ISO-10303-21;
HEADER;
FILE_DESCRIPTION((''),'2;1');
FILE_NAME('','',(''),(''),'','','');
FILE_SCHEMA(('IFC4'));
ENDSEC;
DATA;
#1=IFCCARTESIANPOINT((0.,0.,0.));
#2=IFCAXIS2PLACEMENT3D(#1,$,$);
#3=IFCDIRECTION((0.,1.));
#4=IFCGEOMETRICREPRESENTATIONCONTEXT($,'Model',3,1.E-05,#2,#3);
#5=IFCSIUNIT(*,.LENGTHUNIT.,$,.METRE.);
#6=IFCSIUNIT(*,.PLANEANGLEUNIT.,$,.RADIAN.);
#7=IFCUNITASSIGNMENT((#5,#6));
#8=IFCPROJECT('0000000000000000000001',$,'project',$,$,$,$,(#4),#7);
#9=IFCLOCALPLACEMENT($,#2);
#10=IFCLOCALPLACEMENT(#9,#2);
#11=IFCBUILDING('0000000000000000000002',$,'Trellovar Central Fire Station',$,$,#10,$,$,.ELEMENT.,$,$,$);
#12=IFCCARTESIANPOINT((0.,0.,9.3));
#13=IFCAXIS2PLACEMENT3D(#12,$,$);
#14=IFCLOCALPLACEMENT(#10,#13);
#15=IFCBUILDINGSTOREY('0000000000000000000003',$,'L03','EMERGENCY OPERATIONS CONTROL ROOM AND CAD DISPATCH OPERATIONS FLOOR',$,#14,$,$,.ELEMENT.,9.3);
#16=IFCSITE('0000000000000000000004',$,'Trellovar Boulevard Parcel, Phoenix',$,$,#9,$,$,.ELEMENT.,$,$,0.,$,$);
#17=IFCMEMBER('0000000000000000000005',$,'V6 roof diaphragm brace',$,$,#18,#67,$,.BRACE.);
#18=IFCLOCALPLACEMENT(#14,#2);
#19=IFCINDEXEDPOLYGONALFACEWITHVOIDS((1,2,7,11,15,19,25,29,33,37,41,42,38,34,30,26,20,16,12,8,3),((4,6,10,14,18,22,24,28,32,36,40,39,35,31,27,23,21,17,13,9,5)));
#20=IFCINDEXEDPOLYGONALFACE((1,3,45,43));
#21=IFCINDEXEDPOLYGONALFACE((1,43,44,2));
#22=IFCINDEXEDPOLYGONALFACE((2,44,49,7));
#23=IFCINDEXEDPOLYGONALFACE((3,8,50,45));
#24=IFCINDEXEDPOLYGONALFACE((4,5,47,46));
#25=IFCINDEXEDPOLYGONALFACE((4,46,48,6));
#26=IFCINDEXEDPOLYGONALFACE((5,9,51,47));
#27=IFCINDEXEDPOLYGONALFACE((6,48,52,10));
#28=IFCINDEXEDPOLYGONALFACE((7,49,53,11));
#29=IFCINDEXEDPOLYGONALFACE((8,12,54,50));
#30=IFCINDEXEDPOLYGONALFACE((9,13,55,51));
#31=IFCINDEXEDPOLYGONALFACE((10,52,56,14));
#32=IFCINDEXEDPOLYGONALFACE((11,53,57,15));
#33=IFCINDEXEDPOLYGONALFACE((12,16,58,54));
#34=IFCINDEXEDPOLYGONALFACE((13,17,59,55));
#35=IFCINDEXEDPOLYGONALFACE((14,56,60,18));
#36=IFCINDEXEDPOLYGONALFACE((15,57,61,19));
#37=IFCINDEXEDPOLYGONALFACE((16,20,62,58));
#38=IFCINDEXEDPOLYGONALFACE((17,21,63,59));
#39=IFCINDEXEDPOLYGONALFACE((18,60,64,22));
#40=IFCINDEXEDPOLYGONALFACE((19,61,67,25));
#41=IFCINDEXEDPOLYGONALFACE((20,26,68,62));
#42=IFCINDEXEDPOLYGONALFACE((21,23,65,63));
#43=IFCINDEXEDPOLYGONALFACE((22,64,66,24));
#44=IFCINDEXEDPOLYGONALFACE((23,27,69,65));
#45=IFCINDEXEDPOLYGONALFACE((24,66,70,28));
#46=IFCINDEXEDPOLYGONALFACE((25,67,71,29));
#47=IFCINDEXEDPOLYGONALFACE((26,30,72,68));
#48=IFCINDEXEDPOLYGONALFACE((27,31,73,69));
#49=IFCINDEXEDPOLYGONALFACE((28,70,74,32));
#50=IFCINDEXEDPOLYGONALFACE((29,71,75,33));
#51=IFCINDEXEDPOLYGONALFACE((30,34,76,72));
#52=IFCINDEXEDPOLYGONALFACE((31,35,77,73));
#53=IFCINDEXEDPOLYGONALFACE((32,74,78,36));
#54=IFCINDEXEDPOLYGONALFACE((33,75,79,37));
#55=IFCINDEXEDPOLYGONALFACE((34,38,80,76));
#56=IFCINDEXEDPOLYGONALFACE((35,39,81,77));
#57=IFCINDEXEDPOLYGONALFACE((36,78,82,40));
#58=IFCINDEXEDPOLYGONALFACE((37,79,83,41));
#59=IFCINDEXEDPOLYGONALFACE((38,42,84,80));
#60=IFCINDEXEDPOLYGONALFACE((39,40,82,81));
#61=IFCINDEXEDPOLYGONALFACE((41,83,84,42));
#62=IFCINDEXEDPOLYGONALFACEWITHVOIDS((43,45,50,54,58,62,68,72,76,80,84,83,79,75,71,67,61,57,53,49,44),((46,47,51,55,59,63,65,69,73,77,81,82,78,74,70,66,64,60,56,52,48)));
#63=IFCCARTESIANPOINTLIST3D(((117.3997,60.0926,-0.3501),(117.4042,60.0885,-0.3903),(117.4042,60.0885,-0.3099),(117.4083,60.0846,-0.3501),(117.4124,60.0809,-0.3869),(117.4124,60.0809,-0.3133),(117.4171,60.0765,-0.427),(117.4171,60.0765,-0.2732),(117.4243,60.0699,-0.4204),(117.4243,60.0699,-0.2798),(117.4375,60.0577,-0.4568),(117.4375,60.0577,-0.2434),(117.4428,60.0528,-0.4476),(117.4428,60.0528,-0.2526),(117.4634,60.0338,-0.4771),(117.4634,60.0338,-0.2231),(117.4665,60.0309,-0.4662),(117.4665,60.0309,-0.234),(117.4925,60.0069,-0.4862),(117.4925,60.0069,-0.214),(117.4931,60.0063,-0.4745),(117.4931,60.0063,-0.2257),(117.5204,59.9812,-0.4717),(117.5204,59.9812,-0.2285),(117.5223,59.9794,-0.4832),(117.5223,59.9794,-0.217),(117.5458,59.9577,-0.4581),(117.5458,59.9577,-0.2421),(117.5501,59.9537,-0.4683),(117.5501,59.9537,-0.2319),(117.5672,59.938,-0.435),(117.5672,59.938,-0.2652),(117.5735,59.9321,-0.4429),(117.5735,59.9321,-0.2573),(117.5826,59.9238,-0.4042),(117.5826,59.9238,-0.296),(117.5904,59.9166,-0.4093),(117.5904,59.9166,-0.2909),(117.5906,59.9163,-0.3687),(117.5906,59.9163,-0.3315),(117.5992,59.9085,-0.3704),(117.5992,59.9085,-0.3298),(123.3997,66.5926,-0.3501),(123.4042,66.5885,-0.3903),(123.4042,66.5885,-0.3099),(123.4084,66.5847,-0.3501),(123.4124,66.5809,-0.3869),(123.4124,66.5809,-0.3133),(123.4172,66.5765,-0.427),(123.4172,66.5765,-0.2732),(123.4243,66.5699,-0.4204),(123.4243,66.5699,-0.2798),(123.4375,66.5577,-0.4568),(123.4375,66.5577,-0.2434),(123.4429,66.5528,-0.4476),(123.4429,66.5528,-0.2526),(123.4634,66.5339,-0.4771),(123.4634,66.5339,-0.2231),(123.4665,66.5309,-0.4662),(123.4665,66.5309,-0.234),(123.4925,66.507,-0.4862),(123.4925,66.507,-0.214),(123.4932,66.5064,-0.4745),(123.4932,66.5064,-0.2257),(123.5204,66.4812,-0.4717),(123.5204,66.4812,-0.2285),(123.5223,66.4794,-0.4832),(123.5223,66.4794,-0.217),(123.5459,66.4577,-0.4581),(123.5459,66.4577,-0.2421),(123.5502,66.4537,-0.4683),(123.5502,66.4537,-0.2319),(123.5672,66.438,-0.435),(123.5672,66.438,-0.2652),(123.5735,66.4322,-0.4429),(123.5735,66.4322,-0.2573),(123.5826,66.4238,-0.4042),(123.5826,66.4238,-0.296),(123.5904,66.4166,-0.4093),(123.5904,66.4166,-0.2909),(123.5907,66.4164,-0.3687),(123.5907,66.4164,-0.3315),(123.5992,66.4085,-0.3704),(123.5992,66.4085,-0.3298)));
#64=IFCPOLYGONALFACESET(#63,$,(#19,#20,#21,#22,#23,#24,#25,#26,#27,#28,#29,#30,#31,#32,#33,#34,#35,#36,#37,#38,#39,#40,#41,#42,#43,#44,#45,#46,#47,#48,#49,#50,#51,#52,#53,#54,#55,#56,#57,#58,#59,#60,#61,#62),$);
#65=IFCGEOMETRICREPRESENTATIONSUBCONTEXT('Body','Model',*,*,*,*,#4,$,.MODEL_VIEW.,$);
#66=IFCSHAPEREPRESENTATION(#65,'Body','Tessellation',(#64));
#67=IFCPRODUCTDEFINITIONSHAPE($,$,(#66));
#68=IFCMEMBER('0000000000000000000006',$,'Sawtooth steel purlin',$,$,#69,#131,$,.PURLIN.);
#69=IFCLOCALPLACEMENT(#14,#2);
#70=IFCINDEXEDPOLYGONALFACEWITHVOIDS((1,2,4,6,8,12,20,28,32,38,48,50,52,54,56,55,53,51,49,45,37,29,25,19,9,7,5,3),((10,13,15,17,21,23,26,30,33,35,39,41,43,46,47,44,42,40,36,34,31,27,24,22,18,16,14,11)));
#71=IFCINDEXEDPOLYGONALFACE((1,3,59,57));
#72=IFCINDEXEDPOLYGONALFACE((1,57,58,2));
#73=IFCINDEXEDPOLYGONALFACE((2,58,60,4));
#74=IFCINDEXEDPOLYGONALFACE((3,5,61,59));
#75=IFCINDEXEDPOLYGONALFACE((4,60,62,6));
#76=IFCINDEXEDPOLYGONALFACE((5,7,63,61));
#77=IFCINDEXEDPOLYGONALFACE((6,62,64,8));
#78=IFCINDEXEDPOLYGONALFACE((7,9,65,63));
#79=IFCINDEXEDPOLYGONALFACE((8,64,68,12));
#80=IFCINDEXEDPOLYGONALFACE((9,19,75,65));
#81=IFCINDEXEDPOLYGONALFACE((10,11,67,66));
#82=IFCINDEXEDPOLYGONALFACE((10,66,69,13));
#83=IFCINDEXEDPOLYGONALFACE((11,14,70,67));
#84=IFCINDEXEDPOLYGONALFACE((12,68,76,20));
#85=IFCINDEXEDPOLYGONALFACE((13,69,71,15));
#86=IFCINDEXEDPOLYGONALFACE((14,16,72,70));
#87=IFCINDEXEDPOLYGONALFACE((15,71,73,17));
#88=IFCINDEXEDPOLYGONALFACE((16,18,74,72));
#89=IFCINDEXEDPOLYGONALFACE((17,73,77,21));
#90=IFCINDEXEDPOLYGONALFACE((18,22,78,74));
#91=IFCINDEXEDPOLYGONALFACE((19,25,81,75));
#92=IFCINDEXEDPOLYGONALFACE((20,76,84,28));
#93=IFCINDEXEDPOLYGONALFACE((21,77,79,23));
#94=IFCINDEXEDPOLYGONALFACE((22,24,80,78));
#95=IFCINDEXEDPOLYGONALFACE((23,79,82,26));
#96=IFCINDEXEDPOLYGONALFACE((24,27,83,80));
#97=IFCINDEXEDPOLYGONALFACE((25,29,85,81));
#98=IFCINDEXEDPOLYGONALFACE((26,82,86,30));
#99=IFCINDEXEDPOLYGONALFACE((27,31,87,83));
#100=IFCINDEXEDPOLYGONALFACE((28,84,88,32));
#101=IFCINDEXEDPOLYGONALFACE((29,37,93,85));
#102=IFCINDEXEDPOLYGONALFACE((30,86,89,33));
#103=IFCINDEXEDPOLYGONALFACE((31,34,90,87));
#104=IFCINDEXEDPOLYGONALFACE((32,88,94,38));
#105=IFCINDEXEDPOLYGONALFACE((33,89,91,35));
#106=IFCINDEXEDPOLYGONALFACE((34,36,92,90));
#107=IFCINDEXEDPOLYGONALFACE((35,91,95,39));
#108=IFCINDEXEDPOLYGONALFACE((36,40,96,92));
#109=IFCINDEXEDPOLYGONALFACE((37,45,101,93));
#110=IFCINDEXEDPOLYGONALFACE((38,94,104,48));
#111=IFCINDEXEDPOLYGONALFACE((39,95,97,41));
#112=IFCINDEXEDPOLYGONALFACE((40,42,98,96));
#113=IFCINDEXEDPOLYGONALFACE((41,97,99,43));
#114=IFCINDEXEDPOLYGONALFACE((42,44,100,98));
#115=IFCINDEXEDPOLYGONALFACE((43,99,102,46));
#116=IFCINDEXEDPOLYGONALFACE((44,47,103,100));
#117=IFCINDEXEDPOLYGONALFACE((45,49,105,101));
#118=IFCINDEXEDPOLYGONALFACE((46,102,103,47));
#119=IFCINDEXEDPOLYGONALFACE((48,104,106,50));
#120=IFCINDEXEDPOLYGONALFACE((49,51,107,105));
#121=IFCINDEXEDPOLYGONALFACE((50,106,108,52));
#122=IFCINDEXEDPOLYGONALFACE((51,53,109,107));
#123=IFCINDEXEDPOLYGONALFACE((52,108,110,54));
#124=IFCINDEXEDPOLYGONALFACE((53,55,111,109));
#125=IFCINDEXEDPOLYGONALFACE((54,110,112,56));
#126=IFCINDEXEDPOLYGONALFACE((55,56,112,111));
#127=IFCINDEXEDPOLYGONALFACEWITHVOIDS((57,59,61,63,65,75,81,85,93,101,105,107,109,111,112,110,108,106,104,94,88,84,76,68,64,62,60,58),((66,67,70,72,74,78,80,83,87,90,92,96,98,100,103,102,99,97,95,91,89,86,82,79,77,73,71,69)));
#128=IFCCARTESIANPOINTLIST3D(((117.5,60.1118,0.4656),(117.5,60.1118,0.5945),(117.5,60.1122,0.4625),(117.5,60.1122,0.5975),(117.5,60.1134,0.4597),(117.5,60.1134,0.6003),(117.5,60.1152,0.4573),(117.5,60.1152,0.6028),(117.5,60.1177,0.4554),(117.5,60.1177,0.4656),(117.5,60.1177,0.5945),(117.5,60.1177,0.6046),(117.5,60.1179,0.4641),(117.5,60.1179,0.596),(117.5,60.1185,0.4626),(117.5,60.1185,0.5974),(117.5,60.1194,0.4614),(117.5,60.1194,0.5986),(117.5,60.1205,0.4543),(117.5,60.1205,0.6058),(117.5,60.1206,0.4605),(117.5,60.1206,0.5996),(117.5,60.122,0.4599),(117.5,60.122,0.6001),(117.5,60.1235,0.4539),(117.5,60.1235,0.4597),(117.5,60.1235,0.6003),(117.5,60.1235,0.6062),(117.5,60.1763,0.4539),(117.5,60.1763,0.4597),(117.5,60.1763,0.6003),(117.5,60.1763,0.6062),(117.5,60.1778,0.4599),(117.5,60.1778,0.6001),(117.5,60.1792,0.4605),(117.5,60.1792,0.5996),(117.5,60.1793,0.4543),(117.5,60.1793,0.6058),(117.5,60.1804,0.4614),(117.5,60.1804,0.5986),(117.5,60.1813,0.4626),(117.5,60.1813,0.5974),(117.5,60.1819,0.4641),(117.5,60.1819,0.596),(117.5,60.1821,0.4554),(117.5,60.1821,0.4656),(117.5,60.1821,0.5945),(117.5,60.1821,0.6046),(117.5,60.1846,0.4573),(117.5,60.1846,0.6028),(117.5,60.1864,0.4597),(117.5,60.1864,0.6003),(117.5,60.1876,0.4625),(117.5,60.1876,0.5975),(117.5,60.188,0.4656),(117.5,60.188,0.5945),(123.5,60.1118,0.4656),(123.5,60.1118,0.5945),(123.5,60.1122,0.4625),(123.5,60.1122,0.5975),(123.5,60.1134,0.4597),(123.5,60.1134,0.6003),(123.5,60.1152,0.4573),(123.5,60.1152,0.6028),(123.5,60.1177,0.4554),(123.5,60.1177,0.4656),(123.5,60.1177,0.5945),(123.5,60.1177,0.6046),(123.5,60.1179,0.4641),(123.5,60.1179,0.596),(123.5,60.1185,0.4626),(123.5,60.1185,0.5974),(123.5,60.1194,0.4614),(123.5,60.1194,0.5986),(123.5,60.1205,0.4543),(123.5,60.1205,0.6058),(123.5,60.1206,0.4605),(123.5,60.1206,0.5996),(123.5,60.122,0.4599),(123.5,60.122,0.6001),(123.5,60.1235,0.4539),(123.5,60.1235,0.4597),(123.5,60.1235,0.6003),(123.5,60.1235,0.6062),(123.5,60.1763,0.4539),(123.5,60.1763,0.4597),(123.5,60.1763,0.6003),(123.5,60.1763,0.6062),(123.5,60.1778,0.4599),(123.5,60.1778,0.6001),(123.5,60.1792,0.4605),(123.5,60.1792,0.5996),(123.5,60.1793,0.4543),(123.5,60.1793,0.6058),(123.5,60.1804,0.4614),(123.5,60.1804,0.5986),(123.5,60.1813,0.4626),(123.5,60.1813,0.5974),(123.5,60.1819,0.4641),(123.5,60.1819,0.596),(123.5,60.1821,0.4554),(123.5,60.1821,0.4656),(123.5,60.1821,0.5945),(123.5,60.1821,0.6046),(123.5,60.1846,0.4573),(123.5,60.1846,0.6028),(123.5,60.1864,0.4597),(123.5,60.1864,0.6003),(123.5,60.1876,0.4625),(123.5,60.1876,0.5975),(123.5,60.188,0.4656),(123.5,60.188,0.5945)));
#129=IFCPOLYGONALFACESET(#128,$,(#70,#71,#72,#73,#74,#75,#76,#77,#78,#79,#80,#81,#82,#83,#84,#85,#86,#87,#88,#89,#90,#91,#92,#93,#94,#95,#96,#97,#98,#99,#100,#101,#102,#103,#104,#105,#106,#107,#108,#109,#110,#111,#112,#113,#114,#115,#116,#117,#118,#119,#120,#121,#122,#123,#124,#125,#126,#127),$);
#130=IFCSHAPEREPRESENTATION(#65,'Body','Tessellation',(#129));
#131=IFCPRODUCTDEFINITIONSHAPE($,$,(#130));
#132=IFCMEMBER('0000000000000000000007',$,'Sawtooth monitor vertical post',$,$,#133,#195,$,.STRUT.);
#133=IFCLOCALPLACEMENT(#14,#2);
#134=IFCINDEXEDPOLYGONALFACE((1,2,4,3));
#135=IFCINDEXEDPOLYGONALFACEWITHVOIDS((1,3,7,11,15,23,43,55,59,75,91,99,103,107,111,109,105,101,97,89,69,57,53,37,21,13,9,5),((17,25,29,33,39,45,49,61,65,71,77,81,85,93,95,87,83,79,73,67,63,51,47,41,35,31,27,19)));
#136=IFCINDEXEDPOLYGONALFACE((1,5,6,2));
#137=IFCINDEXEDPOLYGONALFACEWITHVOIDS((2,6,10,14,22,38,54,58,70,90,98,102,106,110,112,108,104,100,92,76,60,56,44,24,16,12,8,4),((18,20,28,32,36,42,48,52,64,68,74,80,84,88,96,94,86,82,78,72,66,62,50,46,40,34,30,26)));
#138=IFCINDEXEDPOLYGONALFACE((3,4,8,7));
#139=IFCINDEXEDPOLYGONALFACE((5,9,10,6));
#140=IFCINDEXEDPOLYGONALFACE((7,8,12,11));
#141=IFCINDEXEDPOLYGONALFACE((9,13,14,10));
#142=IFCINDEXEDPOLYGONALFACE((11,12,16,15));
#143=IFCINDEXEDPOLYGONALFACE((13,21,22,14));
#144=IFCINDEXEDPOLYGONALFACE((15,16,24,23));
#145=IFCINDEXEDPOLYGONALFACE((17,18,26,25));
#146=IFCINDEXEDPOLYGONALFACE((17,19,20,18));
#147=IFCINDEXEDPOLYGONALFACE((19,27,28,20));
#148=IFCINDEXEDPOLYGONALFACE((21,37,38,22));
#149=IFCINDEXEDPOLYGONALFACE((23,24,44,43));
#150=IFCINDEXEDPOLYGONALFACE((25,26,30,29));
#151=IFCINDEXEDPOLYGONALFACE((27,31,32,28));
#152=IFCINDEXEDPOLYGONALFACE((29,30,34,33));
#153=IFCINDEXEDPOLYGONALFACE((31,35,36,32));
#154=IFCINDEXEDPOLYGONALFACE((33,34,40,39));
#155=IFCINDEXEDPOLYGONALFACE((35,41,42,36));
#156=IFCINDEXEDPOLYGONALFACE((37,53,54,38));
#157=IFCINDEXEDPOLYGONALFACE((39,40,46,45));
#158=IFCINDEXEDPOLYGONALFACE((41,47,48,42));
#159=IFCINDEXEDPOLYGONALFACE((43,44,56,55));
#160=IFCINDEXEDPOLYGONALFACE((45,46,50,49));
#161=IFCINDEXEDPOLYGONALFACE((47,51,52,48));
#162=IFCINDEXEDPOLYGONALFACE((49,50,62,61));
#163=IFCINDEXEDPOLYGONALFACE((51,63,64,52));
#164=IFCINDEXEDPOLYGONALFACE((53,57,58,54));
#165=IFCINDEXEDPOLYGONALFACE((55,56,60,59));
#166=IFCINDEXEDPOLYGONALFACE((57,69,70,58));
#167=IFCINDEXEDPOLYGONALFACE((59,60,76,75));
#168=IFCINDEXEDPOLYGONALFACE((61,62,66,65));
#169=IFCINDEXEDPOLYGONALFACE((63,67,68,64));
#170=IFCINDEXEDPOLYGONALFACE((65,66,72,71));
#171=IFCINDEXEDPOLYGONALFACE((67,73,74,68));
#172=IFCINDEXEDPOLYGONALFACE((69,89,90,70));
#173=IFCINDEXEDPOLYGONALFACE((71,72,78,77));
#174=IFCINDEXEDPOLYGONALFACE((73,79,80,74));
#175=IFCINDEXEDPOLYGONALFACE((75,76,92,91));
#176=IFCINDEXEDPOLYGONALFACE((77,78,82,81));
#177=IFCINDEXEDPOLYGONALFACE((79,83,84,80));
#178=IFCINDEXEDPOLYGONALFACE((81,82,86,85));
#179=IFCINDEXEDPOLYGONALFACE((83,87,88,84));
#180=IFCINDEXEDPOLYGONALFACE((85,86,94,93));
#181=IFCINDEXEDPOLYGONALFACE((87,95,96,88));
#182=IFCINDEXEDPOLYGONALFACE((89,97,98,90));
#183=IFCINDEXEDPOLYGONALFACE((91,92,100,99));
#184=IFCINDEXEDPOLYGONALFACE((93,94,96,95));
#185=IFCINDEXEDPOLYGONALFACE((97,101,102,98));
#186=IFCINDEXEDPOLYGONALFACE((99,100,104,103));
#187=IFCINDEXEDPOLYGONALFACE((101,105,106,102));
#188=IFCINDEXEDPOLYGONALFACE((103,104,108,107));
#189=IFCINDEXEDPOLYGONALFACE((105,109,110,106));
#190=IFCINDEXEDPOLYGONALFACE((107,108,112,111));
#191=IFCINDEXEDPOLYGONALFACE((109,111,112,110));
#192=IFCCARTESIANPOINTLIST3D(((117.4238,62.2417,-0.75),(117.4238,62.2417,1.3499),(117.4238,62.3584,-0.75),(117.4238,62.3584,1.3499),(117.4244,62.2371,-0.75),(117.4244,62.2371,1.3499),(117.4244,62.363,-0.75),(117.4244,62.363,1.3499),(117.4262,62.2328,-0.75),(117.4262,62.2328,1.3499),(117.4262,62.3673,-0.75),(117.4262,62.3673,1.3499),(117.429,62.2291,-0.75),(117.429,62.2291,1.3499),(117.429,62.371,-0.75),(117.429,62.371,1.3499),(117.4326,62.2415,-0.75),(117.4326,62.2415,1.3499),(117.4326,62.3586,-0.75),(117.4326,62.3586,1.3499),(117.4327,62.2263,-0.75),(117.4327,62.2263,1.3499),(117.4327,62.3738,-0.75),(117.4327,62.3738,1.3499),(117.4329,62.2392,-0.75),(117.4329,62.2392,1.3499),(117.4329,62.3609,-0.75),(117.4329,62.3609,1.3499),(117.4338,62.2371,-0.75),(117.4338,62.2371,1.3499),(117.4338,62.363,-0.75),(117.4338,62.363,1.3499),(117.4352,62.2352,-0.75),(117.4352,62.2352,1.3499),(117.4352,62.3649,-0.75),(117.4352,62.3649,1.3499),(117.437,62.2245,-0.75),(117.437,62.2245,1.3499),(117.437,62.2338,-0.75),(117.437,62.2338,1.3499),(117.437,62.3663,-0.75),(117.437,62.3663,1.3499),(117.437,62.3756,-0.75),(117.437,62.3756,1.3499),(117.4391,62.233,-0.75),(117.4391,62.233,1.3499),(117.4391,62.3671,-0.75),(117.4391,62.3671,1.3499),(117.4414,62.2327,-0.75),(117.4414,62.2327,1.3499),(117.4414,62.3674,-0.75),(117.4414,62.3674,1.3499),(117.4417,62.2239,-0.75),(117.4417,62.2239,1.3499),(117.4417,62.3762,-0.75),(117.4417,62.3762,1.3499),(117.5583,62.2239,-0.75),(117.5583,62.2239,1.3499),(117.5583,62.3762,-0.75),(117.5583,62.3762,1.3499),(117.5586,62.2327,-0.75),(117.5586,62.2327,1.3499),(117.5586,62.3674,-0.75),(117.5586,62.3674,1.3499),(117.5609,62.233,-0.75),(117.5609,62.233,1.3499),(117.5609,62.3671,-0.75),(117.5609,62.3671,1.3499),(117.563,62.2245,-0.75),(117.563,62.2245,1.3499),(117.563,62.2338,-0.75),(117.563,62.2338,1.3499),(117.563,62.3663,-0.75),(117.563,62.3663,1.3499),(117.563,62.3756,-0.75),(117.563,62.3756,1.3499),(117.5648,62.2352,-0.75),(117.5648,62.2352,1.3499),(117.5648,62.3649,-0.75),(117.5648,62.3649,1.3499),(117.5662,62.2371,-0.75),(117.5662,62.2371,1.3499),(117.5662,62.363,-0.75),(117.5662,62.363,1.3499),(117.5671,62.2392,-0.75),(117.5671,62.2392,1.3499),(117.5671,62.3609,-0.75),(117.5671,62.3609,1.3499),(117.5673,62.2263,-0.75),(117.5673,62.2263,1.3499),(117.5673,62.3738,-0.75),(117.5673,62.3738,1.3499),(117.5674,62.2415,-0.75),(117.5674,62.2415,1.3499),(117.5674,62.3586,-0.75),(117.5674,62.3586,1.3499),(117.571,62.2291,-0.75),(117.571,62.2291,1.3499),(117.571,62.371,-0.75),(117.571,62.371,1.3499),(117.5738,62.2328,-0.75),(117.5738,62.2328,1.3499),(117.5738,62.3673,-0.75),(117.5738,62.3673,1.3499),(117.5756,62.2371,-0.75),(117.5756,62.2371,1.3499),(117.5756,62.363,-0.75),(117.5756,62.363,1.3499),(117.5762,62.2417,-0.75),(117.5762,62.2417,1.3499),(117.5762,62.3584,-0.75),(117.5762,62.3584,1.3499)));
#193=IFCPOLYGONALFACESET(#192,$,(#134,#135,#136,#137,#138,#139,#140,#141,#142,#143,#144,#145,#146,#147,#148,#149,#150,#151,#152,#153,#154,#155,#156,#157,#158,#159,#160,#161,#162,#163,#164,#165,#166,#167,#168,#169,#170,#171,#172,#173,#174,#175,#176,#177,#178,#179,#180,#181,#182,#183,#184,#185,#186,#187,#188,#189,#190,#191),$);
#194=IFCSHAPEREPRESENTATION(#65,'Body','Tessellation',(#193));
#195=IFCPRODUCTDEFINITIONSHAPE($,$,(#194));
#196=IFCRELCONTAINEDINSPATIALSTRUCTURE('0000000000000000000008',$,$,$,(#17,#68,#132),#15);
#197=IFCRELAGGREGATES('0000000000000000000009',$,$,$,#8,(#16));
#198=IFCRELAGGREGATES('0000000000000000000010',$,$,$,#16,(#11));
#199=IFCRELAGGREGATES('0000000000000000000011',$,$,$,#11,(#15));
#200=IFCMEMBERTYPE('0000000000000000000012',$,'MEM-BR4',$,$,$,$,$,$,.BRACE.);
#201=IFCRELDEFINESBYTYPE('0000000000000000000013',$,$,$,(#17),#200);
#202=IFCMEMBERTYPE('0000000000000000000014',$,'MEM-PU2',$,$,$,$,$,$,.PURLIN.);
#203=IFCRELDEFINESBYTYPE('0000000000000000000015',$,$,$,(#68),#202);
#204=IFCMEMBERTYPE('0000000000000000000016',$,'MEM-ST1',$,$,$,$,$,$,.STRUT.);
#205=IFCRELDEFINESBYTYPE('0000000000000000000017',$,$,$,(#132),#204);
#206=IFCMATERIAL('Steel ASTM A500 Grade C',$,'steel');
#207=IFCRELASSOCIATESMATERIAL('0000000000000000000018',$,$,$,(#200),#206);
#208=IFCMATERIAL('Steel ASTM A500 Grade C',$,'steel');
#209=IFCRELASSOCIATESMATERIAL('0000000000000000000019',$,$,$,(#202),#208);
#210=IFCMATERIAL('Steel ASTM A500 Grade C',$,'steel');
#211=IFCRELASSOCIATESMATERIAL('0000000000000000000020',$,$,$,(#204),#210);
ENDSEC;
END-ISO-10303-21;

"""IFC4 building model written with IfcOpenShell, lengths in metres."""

from ifc_helpers import new_model, si_unit, direction, frame, origin, origin_2d, place, context, subcontext, project, spatial, hollow_rectangle, hollow_circle, extrude, material, material_profile, profile_set, type_object, element, save


model = new_model("IFC4")

# Units and contexts
model_context = context("Model", 3, precision=1e-05, world=origin(), true_north=direction((0.0, 1.0)))
body_context = subcontext(model_context, "Body", "Model", "MODEL_VIEW")
ifc_project = project(units=[si_unit("LENGTHUNIT", "METRE"), si_unit("PLANEANGLEUNIT", "RADIAN")], contexts=[model_context])

# Site, building, storey
site_placement = place(None, origin())
site = spatial("IfcSite", under=ifc_project, at=site_placement, Name="Trellovar Boulevard Parcel, Phoenix", CompositionType="ELEMENT", RefElevation=0.0)
building_placement = place(site_placement, origin())
building = spatial("IfcBuilding", under=site, at=building_placement, Name="Trellovar Central Fire Station", CompositionType="ELEMENT")
storey_placement = place(building_placement, frame((0.0, 0.0, 9.3)))
storey = spatial("IfcBuildingStorey", under=building, at=storey_placement, Name="L03", Description="EMERGENCY OPERATIONS CONTROL ROOM AND CAD DISPATCH OPERATIONS FLOOR", CompositionType="ELEMENT", Elevation=9.3)

# Members
ifc_material_1 = material(Name="Steel ASTM A500 Grade C", Category="steel")
ifc_material_profile_1 = material_profile(ifc_material_1, hollow_circle(Radius=0.1365, WallThickness=0.0117, at=origin_2d()), Name="HSS10.750X0.500")
ifc_profile_set_1 = profile_set([ifc_material_profile_1], Name="Steel ASTM A500 Grade C")
member_type_1 = type_object("IfcMemberType", Name="MEM-BR4", PredefinedType="BRACE", material=ifc_profile_set_1)
member_1_placement = place(storey_placement, frame((117.5, 60.0, -0.3501), z_axis=(0.67828, 0.734803, 0.0), x_axis=(-0.734803, 0.67828, 0.0)))
element("IfcMember", 1, at=member_1_placement, inside=storey, type_object=member_type_1, Name="V6 roof diaphragm brace", PredefinedType="BRACE", context=body_context, shape_type="SweptSolid", body=[
    extrude(hollow_circle(Radius=0.1365, WallThickness=0.0117, at=origin_2d()), origin(), (0.0, 0.0, 1.0), 8.8459),
])
ifc_material_2 = material(Name="Steel ASTM A500 Grade C", Category="steel")
ifc_material_profile_2 = material_profile(ifc_material_2, hollow_rectangle(XDim=0.0762, YDim=0.1523, WallThickness=0.0059, InnerFilletRadius=0.0059, OuterFilletRadius=0.0117, at=origin_2d()), Name="HSS6X3X1/4")
ifc_profile_set_2 = profile_set([ifc_material_profile_2], Name="Steel ASTM A500 Grade C")
member_type_2 = type_object("IfcMemberType", Name="MEM-PU2", PredefinedType="PURLIN", material=ifc_profile_set_2)
member_2_placement = place(storey_placement, frame((117.5, 60.1499, 0.53), z_axis=(1.0, 0.0, 0.0), x_axis=(0.0, 1.0, 0.0)))
element("IfcMember", 2, at=member_2_placement, inside=storey, type_object=member_type_2, Name="Sawtooth steel purlin", PredefinedType="PURLIN", context=body_context, shape_type="SweptSolid", body=[
    extrude(hollow_rectangle(XDim=0.0762, YDim=0.1523, WallThickness=0.0059, InnerFilletRadius=0.0059, OuterFilletRadius=0.0117, at=origin_2d()), origin(), (0.0, 0.0, 1.0), 6.0),
])
ifc_material_3 = material(Name="Steel ASTM A500 Grade C", Category="steel")
ifc_material_profile_3 = material_profile(ifc_material_3, hollow_rectangle(XDim=0.1523, YDim=0.1523, WallThickness=0.0088, InnerFilletRadius=0.0088, OuterFilletRadius=0.0178, at=origin_2d()), Name="HSS6X6X3/8")
ifc_profile_set_3 = profile_set([ifc_material_profile_3], Name="Steel ASTM A500 Grade C")
member_type_3 = type_object("IfcMemberType", Name="MEM-ST1", PredefinedType="STRUT", material=ifc_profile_set_3)
member_3_placement = place(storey_placement, frame((117.5, 62.3, -0.75), z_axis=(0.0, 0.0, 1.0), x_axis=(1.0, 0.0, 0.0)))
element("IfcMember", 3, at=member_3_placement, inside=storey, type_object=member_type_3, Name="Sawtooth monitor vertical post", PredefinedType="STRUT", context=body_context, shape_type="SweptSolid", body=[
    extrude(hollow_rectangle(XDim=0.1523, YDim=0.1523, WallThickness=0.0088, InnerFilletRadius=0.0088, OuterFilletRadius=0.0178, at=origin_2d()), origin(), (0.0, 0.0, 1.0), 2.0999),
])

save(model, "model.ifc")
